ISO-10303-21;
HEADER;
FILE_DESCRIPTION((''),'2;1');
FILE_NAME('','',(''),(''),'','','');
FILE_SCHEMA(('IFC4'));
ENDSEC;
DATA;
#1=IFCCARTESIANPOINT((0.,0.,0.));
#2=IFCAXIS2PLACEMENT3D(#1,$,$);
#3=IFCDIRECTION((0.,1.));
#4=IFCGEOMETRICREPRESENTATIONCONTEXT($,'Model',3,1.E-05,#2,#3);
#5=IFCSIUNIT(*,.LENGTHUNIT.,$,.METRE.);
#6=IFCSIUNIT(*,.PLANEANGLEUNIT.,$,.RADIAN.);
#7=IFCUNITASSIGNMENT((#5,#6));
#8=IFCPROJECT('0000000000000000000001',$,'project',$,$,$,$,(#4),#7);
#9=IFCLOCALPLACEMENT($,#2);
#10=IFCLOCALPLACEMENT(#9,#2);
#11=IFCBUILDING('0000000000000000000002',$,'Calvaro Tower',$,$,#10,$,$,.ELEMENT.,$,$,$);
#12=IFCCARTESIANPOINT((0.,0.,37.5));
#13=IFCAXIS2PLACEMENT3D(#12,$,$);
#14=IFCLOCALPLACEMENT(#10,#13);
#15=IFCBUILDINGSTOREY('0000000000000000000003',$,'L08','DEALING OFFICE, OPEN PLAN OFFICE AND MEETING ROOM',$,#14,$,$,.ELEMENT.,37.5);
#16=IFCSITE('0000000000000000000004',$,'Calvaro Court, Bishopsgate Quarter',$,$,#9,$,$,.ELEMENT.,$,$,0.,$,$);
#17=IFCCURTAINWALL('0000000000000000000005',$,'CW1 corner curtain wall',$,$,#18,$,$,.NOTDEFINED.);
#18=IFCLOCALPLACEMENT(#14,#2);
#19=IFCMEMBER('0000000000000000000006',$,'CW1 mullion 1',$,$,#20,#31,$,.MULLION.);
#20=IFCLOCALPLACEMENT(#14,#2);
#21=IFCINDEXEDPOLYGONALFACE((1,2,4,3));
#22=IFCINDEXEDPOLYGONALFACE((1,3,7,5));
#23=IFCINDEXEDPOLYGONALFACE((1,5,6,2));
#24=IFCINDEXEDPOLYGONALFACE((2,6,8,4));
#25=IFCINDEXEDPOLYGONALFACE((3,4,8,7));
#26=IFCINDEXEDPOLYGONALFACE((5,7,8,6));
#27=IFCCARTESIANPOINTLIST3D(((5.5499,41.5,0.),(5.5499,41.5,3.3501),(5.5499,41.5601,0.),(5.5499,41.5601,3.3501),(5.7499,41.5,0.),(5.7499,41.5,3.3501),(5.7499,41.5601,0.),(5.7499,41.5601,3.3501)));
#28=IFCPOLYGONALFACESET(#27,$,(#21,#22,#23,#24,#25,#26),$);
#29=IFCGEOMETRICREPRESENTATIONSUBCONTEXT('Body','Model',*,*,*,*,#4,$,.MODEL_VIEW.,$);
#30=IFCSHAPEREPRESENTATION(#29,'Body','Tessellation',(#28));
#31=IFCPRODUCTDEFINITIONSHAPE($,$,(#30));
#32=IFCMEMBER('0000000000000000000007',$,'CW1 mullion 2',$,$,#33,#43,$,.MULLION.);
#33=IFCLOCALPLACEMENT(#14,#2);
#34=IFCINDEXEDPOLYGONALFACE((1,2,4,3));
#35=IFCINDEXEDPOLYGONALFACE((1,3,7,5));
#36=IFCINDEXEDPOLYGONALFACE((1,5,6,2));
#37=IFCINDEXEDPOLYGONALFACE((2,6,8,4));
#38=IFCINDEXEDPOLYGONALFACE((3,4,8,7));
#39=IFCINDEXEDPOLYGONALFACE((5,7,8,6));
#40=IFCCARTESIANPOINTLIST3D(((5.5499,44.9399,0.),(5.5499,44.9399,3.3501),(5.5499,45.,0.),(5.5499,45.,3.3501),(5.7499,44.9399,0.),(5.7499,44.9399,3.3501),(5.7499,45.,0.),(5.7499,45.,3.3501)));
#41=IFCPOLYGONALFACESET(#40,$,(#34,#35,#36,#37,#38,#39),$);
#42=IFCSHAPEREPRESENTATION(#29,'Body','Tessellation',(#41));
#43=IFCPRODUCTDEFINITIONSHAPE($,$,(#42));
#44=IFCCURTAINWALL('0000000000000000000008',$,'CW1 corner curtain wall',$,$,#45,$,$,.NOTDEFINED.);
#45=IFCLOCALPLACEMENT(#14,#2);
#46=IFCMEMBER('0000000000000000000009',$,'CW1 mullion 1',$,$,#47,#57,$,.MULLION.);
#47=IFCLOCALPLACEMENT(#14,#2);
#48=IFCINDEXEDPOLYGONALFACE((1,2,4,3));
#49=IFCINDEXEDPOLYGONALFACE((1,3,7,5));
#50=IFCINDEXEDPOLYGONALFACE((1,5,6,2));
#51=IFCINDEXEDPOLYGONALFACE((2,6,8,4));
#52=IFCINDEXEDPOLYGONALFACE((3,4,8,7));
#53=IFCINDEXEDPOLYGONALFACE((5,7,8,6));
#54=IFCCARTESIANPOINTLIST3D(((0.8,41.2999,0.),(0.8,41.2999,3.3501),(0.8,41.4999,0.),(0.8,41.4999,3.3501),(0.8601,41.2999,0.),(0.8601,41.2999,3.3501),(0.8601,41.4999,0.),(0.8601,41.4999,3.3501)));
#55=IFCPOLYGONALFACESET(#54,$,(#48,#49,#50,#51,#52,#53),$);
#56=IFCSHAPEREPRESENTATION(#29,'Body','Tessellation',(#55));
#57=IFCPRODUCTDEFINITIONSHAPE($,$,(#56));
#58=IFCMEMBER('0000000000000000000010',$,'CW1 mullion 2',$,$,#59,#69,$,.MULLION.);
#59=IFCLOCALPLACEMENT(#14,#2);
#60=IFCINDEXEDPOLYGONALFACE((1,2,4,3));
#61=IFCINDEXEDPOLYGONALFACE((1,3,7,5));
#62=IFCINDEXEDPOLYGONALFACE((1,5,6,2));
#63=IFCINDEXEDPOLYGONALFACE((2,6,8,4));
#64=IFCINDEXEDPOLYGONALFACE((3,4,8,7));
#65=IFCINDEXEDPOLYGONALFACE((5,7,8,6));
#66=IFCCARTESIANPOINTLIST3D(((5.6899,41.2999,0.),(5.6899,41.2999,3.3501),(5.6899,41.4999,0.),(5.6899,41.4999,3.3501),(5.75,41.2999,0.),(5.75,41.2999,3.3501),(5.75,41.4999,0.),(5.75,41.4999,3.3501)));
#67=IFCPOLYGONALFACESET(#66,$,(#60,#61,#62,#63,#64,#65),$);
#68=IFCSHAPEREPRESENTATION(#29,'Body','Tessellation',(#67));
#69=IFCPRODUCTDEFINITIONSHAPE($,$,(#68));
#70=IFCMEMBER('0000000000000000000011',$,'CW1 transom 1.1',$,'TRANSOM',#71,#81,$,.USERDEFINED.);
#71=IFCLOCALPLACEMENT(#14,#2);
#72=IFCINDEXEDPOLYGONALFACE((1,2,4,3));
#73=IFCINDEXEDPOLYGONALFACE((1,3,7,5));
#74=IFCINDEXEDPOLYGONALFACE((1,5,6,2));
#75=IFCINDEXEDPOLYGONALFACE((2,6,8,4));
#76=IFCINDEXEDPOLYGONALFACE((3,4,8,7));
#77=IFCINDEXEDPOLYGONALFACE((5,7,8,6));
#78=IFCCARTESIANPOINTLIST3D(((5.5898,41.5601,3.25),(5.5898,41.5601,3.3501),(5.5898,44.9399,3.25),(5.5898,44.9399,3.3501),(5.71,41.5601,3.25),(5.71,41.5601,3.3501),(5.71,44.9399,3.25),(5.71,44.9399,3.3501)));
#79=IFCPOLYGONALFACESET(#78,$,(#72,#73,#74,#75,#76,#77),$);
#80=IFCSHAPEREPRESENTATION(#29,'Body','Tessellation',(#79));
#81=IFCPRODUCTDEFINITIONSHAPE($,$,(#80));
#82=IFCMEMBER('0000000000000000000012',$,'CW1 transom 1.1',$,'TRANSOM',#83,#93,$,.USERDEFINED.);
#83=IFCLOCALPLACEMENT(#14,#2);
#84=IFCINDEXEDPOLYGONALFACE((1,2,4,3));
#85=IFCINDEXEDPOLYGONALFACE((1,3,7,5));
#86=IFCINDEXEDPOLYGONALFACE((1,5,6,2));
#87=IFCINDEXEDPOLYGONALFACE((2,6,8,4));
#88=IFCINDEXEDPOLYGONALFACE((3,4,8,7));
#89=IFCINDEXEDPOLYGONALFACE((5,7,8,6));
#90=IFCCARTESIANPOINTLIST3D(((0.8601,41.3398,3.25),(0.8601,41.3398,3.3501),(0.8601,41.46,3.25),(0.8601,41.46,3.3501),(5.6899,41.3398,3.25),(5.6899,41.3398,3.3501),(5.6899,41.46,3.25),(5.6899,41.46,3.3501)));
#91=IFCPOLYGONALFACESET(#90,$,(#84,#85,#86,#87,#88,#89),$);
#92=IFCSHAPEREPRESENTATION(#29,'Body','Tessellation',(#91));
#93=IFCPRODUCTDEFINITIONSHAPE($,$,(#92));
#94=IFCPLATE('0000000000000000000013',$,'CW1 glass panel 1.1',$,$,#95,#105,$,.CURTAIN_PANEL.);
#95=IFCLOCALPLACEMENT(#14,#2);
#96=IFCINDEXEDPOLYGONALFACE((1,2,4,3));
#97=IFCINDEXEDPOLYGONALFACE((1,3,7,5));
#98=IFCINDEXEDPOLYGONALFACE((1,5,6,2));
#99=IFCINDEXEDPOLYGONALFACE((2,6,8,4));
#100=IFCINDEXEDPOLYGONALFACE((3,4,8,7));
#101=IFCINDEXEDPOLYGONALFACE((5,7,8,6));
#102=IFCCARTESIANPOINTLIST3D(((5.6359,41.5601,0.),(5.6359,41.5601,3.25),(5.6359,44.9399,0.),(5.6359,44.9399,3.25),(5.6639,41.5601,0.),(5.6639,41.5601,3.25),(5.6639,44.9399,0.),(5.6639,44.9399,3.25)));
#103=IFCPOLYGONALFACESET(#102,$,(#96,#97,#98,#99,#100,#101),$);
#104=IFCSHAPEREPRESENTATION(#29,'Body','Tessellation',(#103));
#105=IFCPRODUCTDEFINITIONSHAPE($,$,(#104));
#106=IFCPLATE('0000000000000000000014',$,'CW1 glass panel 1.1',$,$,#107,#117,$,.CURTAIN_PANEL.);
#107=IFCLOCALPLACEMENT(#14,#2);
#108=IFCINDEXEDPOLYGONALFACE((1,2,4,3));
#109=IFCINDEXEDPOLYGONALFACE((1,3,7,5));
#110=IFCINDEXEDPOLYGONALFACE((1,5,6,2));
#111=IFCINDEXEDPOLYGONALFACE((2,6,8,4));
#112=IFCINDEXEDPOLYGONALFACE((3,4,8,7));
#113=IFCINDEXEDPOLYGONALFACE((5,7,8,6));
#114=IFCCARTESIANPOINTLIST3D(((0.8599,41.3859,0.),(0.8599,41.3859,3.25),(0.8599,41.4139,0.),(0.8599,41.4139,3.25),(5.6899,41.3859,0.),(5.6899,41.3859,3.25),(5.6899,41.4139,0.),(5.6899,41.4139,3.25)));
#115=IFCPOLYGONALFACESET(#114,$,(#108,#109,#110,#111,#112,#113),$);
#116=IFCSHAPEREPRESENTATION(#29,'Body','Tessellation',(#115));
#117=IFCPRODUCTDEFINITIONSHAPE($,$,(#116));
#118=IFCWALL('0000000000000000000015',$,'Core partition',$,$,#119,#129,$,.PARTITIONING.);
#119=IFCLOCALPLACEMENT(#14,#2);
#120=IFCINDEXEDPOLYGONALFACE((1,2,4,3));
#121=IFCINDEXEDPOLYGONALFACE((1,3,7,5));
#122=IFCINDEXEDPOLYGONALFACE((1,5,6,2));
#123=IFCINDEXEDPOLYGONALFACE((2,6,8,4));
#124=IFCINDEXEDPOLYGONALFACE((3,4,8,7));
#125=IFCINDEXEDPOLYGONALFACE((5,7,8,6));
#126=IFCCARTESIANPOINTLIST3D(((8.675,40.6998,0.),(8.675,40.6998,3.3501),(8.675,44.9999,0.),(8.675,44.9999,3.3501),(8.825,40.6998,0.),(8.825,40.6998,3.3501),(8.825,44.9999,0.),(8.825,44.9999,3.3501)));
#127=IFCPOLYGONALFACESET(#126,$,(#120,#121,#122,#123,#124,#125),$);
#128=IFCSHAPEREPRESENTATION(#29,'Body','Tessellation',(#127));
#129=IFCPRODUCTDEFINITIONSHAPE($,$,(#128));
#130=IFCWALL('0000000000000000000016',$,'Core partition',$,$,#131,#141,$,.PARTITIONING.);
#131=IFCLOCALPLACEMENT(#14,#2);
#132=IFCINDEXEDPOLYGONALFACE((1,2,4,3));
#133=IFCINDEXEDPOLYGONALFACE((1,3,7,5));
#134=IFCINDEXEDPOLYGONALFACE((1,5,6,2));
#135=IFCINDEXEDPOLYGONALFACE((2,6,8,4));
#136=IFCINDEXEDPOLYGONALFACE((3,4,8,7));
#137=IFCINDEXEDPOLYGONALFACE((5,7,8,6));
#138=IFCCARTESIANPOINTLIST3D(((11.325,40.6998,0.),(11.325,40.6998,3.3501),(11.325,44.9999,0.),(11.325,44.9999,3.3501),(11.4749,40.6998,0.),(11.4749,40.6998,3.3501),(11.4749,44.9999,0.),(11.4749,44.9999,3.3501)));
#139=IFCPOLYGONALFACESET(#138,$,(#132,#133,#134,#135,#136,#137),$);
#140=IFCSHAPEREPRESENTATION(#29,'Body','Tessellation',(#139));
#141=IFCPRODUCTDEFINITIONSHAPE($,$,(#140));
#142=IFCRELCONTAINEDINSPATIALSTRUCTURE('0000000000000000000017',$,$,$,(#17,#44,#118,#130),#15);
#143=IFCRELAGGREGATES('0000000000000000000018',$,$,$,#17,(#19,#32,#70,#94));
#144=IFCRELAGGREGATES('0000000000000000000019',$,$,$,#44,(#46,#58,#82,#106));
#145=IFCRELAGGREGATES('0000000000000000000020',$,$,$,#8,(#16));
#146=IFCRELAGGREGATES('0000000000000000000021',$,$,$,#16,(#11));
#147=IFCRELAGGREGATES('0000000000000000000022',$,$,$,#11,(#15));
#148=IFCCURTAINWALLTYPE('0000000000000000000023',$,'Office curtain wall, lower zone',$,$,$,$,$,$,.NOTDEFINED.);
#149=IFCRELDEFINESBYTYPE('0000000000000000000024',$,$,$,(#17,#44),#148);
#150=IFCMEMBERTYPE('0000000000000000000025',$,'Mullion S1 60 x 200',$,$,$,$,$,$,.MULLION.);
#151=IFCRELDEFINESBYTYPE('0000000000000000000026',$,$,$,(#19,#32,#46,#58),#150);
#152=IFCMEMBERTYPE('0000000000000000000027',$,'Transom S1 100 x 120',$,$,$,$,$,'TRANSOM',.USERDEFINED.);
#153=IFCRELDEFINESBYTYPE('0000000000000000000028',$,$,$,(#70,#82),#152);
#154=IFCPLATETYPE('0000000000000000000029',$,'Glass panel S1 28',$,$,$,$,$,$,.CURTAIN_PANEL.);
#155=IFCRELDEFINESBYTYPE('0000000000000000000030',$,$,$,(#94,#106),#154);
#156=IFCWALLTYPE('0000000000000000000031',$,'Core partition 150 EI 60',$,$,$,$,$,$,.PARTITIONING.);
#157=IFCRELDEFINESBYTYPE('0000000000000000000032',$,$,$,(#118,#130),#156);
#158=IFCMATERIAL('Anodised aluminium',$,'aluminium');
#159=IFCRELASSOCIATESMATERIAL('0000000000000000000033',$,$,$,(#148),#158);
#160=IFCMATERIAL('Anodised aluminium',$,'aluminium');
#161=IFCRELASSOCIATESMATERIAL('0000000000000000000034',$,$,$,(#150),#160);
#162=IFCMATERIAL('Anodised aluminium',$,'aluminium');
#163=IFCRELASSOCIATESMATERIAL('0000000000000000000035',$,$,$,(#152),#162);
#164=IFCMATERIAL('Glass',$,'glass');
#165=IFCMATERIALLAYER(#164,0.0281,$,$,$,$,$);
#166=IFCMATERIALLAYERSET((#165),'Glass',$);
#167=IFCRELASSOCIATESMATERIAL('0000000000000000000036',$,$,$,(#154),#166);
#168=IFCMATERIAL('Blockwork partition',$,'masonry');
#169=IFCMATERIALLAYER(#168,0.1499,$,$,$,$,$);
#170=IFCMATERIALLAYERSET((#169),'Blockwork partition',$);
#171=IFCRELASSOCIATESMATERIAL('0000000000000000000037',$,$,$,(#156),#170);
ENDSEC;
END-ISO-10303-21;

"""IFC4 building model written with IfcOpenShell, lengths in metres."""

from ifc_helpers import new_model, si_unit, direction, frame, frame_2d, origin, origin_2d, place, context, subcontext, project, spatial, rectangle, extrude, material, layer, layer_set, material_profile, profile_set, type_object, element, aggregate, save


model = new_model("IFC4")

# Units and contexts
model_context = context("Model", 3, precision=1e-05, world=origin(), true_north=direction((0.0, 1.0)))
body_context = subcontext(model_context, "Body", "Model", "MODEL_VIEW")
ifc_project = project(units=[si_unit("LENGTHUNIT", "METRE"), si_unit("PLANEANGLEUNIT", "RADIAN")], contexts=[model_context])

# Site, building, storey
site_placement = place(None, origin())
site = spatial("IfcSite", under=ifc_project, at=site_placement, Name="Calvaro Court, Bishopsgate Quarter", CompositionType="ELEMENT", RefElevation=0.0)
building_placement = place(site_placement, origin())
building = spatial("IfcBuilding", under=site, at=building_placement, Name="Calvaro Tower", CompositionType="ELEMENT")
storey_placement = place(building_placement, frame((0.0, 0.0, 37.5)))
storey = spatial("IfcBuildingStorey", under=building, at=storey_placement, Name="L08", Description="DEALING OFFICE, OPEN PLAN OFFICE AND MEETING ROOM", CompositionType="ELEMENT", Elevation=37.5)

# Curtain walls, members
ifc_material_1 = material(Name="Anodised aluminium", Category="aluminium")
curtain_wall_type = type_object("IfcCurtainWallType", Name="Office curtain wall, lower zone", PredefinedType="NOTDEFINED", material=ifc_material_1)
curtain_wall_1_placement = place(storey_placement, origin())
curtain_wall_1 = element("IfcCurtainWall", 1, at=curtain_wall_1_placement, inside=storey, type_object=curtain_wall_type, Name="CW1 corner curtain wall", PredefinedType="NOTDEFINED")
ifc_material_2 = material(Name="Anodised aluminium", Category="aluminium")
ifc_material_profile_1 = material_profile(ifc_material_2, rectangle(XDim=0.2, YDim=0.0601, at=origin_2d()), Name="Mullion S1 60 x 200")
ifc_profile_set_1 = profile_set([ifc_material_profile_1], Name="Anodised aluminium")
member_type_1 = type_object("IfcMemberType", Name="Mullion S1 60 x 200", PredefinedType="MULLION", material=ifc_profile_set_1)
member_1_placement = place(storey_placement, frame((5.6499, 41.53, 0.0), z_axis=(0.0, 0.0, 1.0), x_axis=(-1.0, 0.0, 0.0)))
member_1 = element("IfcMember", 2, at=member_1_placement, type_object=member_type_1, Name="CW1 mullion 1", PredefinedType="MULLION", context=body_context, shape_type="SweptSolid", body=[
    extrude(rectangle(XDim=0.2, YDim=0.0601, at=origin_2d()), origin(), (0.0, 0.0, 1.0), 3.3501),
])
member_2_placement = place(storey_placement, frame((5.6499, 44.97, 0.0), z_axis=(0.0, 0.0, 1.0), x_axis=(-1.0, 0.0, 0.0)))
member_2 = element("IfcMember", 3, at=member_2_placement, type_object=member_type_1, Name="CW1 mullion 2", PredefinedType="MULLION", context=body_context, shape_type="SweptSolid", body=[
    extrude(rectangle(XDim=0.2, YDim=0.0601, at=origin_2d()), origin(), (0.0, 0.0, 1.0), 3.3501),
])
curtain_wall_2_placement = place(storey_placement, origin())
curtain_wall_2 = element("IfcCurtainWall", 4, at=curtain_wall_2_placement, inside=storey, type_object=curtain_wall_type, Name="CW1 corner curtain wall", PredefinedType="NOTDEFINED")
member_3_placement = place(storey_placement, frame((0.8301, 41.3999, 0.0), z_axis=(0.0, 0.0, 1.0), x_axis=(0.0, 1.0, 0.0)))
member_3 = element("IfcMember", 5, at=member_3_placement, type_object=member_type_1, Name="CW1 mullion 1", PredefinedType="MULLION", context=body_context, shape_type="SweptSolid", body=[
    extrude(rectangle(XDim=0.2, YDim=0.0601, at=origin_2d()), origin(), (0.0, 0.0, 1.0), 3.3501),
])
member_4_placement = place(storey_placement, frame((5.72, 41.3999, 0.0), z_axis=(0.0, 0.0, 1.0), x_axis=(0.0, 1.0, 0.0)))
member_4 = element("IfcMember", 6, at=member_4_placement, type_object=member_type_1, Name="CW1 mullion 2", PredefinedType="MULLION", context=body_context, shape_type="SweptSolid", body=[
    extrude(rectangle(XDim=0.2, YDim=0.0601, at=origin_2d()), origin(), (0.0, 0.0, 1.0), 3.3501),
])

# Members
ifc_material_3 = material(Name="Anodised aluminium", Category="aluminium")
ifc_material_profile_2 = material_profile(ifc_material_3, rectangle(XDim=0.1201, YDim=0.1001, at=origin_2d()), Name="Transom S1 100 x 120")
ifc_profile_set_2 = profile_set([ifc_material_profile_2], Name="Anodised aluminium")
member_type_2 = type_object("IfcMemberType", Name="Transom S1 100 x 120", ElementType="TRANSOM", PredefinedType="USERDEFINED", material=ifc_profile_set_2)
member_5_placement = place(storey_placement, frame((5.6499, 41.5601, 3.3), z_axis=(0.0, 1.0, 0.0), x_axis=(-1.0, 0.0, 0.0)))
member_5 = element("IfcMember", 7, at=member_5_placement, type_object=member_type_2, Name="CW1 transom 1.1", ObjectType="TRANSOM", PredefinedType="USERDEFINED", context=body_context, shape_type="SweptSolid", body=[
    extrude(rectangle(XDim=0.1201, YDim=0.1001, at=origin_2d()), origin(), (0.0, 0.0, 1.0), 3.3799),
])
member_6_placement = place(storey_placement, frame((0.8601, 41.3999, 3.3), z_axis=(1.0, 0.0, 0.0), x_axis=(0.0, 1.0, 0.0)))
member_6 = element("IfcMember", 8, at=member_6_placement, type_object=member_type_2, Name="CW1 transom 1.1", ObjectType="TRANSOM", PredefinedType="USERDEFINED", context=body_context, shape_type="SweptSolid", body=[
    extrude(rectangle(XDim=0.1201, YDim=0.1001, at=origin_2d()), origin(), (0.0, 0.0, 1.0), 4.8298),
])

# Plates
ifc_material_4 = material(Name="Glass", Category="glass")
ifc_layer_1 = layer(ifc_material_4, 0.0281)
ifc_layer_set_1 = layer_set([ifc_layer_1], Name="Glass")
plate_type = type_object("IfcPlateType", Name="Glass panel S1 28", PredefinedType="CURTAIN_PANEL", material=ifc_layer_set_1)
plate_1_placement = place(storey_placement, frame((5.6499, 43.25, 0.0), z_axis=(0.0, 0.0, 1.0), x_axis=(0.0, 1.0, 0.0)))
plate_1 = element("IfcPlate", 9, at=plate_1_placement, type_object=plate_type, Name="CW1 glass panel 1.1", PredefinedType="CURTAIN_PANEL", context=body_context, shape_type="SweptSolid", body=[
    extrude(rectangle(XDim=3.3799, YDim=0.0281, at=origin_2d()), origin(), (0.0, 0.0, 1.0), 3.25),
])
aggregate(curtain_wall_1, [member_1, member_2, member_5, plate_1])
plate_2_placement = place(storey_placement, frame((3.2749, 41.3999, 0.0), z_axis=(0.0, 0.0, 1.0), x_axis=(1.0, 0.0, 0.0)))
plate_2 = element("IfcPlate", 10, at=plate_2_placement, type_object=plate_type, Name="CW1 glass panel 1.1", PredefinedType="CURTAIN_PANEL", context=body_context, shape_type="SweptSolid", body=[
    extrude(rectangle(XDim=4.8301, YDim=0.0281, at=origin_2d()), origin(), (0.0, 0.0, 1.0), 3.25),
])
aggregate(curtain_wall_2, [member_3, member_4, member_6, plate_2])

# Walls
ifc_material_5 = material(Name="Blockwork partition", Category="masonry")
ifc_layer_2 = layer(ifc_material_5, 0.1499)
ifc_layer_set_2 = layer_set([ifc_layer_2], Name="Blockwork partition")
wall_type_1 = type_object("IfcWallType", Name="Core partition 150 EI 60", PredefinedType="PARTITIONING", material=ifc_layer_set_2)
for number, where, z_axis, x_axis, name in (
    (11, (8.75, 40.7, 0.0), (0.0, 0.0, 1.0), (0.0, 1.0, 0.0), "Core partition"),
    (12, (11.3999, 40.7, 0.0), (0.0, 0.0, 1.0), (0.0, 1.0, 0.0), "Core partition"),
):
    element("IfcWall", number, at=place(storey_placement, frame(where, z_axis=z_axis, x_axis=x_axis)), inside=storey, type_object=wall_type_1, Name=name, PredefinedType="PARTITIONING", context=body_context, shape_type="SweptSolid", body=[
        extrude(rectangle(XDim=4.3, YDim=0.1499, at=frame_2d((2.1499, 0.0))), origin(), (0.0, 0.0, 1.0), 3.3501),
    ])

save(model, "model.ifc")
